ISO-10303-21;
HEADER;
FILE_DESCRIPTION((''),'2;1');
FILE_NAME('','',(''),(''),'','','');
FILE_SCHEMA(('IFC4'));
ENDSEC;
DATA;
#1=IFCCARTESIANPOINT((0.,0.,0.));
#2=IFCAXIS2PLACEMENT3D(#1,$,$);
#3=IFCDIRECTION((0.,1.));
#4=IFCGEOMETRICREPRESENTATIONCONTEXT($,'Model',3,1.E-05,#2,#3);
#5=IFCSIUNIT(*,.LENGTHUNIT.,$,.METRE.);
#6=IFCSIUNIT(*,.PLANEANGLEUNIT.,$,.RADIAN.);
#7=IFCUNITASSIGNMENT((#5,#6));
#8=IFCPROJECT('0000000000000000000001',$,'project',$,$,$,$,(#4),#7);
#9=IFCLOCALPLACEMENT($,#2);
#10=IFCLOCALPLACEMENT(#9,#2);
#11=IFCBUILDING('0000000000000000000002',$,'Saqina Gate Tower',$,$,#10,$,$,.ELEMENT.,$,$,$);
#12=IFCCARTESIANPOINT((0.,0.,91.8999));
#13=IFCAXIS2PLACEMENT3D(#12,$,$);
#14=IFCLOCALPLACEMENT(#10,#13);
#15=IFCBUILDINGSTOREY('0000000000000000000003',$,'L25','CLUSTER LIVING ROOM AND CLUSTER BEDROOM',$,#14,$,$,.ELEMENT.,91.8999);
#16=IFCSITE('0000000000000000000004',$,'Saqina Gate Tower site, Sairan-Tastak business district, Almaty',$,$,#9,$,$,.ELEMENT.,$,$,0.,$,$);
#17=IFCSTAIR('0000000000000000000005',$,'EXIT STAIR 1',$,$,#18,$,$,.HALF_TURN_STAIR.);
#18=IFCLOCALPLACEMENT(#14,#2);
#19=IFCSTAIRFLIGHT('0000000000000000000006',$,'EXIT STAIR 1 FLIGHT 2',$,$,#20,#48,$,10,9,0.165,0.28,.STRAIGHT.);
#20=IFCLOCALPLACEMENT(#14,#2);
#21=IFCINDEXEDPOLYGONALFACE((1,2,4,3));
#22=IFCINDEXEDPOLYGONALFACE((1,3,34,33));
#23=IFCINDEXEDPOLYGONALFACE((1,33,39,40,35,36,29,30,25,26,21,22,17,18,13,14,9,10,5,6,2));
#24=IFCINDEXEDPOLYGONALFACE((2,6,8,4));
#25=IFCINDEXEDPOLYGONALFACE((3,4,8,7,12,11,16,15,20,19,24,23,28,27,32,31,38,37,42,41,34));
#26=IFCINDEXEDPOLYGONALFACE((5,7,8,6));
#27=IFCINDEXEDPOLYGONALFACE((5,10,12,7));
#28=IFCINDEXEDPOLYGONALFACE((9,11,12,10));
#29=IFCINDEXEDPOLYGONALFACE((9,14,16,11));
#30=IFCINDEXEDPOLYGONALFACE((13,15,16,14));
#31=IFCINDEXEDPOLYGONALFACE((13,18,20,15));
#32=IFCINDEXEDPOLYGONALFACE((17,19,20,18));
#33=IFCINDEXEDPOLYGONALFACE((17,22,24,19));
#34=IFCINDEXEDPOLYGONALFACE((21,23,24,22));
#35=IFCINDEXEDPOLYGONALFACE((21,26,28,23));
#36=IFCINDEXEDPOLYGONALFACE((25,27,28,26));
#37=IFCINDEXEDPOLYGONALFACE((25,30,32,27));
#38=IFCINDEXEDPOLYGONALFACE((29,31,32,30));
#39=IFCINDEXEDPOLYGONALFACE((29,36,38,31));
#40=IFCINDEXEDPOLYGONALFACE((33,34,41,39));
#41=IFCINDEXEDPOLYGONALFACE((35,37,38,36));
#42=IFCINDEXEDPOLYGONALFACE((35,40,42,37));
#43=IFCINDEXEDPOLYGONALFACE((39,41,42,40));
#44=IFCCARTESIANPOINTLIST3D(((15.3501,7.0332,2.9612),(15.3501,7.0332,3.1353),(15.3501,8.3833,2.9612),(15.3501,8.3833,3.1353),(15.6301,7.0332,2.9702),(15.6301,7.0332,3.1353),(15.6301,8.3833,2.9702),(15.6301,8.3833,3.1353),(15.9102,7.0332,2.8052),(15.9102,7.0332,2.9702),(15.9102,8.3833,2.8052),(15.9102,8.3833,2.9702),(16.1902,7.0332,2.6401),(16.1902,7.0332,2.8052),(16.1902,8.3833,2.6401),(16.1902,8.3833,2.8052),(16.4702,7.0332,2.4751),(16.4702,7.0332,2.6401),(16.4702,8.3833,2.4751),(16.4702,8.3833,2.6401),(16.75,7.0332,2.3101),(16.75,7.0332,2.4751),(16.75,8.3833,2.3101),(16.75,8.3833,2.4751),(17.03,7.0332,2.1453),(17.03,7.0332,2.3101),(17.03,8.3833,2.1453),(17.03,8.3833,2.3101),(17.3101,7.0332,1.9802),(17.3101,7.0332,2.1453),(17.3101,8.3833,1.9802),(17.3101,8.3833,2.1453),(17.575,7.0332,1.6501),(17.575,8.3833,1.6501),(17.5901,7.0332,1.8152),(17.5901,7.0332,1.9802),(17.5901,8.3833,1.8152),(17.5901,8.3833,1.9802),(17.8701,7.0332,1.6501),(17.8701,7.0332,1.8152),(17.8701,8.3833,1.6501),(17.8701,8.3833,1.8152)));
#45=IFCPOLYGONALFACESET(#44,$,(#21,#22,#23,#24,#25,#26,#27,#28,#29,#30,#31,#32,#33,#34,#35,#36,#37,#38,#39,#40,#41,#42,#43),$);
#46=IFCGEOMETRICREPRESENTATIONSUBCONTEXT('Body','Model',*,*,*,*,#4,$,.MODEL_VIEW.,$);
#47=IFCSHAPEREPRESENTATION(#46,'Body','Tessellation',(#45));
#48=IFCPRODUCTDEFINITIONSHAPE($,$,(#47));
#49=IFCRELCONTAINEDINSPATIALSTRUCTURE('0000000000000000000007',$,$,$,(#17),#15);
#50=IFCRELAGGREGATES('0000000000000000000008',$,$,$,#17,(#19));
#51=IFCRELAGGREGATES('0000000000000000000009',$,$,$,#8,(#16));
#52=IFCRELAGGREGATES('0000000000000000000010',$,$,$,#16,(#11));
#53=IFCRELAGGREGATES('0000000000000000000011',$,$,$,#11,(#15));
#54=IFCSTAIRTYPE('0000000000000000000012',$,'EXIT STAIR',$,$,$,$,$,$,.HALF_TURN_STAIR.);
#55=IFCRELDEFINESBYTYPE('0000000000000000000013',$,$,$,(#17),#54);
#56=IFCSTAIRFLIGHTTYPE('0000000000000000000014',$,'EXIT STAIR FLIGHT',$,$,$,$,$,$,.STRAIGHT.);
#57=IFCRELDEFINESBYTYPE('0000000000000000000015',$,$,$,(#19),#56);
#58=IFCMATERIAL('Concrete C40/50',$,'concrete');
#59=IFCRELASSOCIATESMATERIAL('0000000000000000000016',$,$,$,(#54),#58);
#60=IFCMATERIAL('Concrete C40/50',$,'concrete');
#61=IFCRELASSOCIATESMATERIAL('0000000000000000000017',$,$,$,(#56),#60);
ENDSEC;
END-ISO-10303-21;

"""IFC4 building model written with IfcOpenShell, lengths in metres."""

from ifc_helpers import new_model, si_unit, direction, frame, origin, place, context, subcontext, project, spatial, polyline, outline, extrude, material, type_object, element, aggregate, save


model = new_model("IFC4")

# Units and contexts
model_context = context("Model", 3, precision=1e-05, world=origin(), true_north=direction((0.0, 1.0)))
body_context = subcontext(model_context, "Body", "Model", "MODEL_VIEW")
ifc_project = project(units=[si_unit("LENGTHUNIT", "METRE"), si_unit("PLANEANGLEUNIT", "RADIAN")], contexts=[model_context])

# Site, building, storey
site_placement = place(None, origin())
site = spatial("IfcSite", under=ifc_project, at=site_placement, Name="Saqina Gate Tower site, Sairan-Tastak business district, Almaty", CompositionType="ELEMENT", RefElevation=0.0)
building_placement = place(site_placement, origin())
building = spatial("IfcBuilding", under=site, at=building_placement, Name="Saqina Gate Tower", CompositionType="ELEMENT")
storey_placement = place(building_placement, frame((0.0, 0.0, 91.8999)))
storey = spatial("IfcBuildingStorey", under=building, at=storey_placement, Name="L25", Description="CLUSTER LIVING ROOM AND CLUSTER BEDROOM", CompositionType="ELEMENT", Elevation=91.8999)

# Stair, stair flight
ifc_material_1 = material(Name="Concrete C40/50", Category="concrete")
stair_type = type_object("IfcStairType", Name="EXIT STAIR", PredefinedType="HALF_TURN_STAIR", material=ifc_material_1)
stair_placement = place(storey_placement, origin())
stair = element("IfcStair", 1, at=stair_placement, inside=storey, type_object=stair_type, Name="EXIT STAIR 1", PredefinedType="HALF_TURN_STAIR")
ifc_material_2 = material(Name="Concrete C40/50", Category="concrete")
stair_flight_type = type_object("IfcStairFlightType", Name="EXIT STAIR FLIGHT", PredefinedType="STRAIGHT", material=ifc_material_2)
stair_flight_1_placement = place(storey_placement, frame((17.8701, 7.7083, 1.6501), z_axis=(0.0, 0.0, 1.0), x_axis=(-1.0, 0.0, 0.0)))
stair_flight_1 = element("IfcStairFlight", 2, at=stair_flight_1_placement, type_object=stair_flight_type, Name="EXIT STAIR 1 FLIGHT 2", NumberOfRisers=10, NumberOfTreads=9, PredefinedType="STRAIGHT", RiserHeight=0.165, TreadLength=0.28, context=body_context, shape_type="SweptSolid", body=[
    extrude(outline(polyline([(0.0, 0.0), (0.0, 0.165), (0.28, 0.165), (0.28, 0.3301), (0.5601, 0.3301), (0.5601, 0.4951), (0.8401, 0.4951), (0.8401, 0.6599), (1.1201, 0.6599), (1.1201, 0.825), (1.3999, 0.825), (1.3999, 0.99), (1.6799, 0.99), (1.6799, 1.155), (1.96, 1.155), (1.96, 1.3201), (2.24, 1.3201), (2.24, 1.4851), (2.52, 1.4851), (2.52, 1.6499), (2.52, 1.311), (0.2952, 0.0), (0.0, 0.0)])), frame((0.0, 0.675, 0.0), z_axis=(0.0, -1.0, 0.0), x_axis=(1.0, 0.0, 0.0)), (0.0, 0.0, 1.0), 1.3501),
])
aggregate(stair, [stair_flight_1])

save(model, "model.ifc")
